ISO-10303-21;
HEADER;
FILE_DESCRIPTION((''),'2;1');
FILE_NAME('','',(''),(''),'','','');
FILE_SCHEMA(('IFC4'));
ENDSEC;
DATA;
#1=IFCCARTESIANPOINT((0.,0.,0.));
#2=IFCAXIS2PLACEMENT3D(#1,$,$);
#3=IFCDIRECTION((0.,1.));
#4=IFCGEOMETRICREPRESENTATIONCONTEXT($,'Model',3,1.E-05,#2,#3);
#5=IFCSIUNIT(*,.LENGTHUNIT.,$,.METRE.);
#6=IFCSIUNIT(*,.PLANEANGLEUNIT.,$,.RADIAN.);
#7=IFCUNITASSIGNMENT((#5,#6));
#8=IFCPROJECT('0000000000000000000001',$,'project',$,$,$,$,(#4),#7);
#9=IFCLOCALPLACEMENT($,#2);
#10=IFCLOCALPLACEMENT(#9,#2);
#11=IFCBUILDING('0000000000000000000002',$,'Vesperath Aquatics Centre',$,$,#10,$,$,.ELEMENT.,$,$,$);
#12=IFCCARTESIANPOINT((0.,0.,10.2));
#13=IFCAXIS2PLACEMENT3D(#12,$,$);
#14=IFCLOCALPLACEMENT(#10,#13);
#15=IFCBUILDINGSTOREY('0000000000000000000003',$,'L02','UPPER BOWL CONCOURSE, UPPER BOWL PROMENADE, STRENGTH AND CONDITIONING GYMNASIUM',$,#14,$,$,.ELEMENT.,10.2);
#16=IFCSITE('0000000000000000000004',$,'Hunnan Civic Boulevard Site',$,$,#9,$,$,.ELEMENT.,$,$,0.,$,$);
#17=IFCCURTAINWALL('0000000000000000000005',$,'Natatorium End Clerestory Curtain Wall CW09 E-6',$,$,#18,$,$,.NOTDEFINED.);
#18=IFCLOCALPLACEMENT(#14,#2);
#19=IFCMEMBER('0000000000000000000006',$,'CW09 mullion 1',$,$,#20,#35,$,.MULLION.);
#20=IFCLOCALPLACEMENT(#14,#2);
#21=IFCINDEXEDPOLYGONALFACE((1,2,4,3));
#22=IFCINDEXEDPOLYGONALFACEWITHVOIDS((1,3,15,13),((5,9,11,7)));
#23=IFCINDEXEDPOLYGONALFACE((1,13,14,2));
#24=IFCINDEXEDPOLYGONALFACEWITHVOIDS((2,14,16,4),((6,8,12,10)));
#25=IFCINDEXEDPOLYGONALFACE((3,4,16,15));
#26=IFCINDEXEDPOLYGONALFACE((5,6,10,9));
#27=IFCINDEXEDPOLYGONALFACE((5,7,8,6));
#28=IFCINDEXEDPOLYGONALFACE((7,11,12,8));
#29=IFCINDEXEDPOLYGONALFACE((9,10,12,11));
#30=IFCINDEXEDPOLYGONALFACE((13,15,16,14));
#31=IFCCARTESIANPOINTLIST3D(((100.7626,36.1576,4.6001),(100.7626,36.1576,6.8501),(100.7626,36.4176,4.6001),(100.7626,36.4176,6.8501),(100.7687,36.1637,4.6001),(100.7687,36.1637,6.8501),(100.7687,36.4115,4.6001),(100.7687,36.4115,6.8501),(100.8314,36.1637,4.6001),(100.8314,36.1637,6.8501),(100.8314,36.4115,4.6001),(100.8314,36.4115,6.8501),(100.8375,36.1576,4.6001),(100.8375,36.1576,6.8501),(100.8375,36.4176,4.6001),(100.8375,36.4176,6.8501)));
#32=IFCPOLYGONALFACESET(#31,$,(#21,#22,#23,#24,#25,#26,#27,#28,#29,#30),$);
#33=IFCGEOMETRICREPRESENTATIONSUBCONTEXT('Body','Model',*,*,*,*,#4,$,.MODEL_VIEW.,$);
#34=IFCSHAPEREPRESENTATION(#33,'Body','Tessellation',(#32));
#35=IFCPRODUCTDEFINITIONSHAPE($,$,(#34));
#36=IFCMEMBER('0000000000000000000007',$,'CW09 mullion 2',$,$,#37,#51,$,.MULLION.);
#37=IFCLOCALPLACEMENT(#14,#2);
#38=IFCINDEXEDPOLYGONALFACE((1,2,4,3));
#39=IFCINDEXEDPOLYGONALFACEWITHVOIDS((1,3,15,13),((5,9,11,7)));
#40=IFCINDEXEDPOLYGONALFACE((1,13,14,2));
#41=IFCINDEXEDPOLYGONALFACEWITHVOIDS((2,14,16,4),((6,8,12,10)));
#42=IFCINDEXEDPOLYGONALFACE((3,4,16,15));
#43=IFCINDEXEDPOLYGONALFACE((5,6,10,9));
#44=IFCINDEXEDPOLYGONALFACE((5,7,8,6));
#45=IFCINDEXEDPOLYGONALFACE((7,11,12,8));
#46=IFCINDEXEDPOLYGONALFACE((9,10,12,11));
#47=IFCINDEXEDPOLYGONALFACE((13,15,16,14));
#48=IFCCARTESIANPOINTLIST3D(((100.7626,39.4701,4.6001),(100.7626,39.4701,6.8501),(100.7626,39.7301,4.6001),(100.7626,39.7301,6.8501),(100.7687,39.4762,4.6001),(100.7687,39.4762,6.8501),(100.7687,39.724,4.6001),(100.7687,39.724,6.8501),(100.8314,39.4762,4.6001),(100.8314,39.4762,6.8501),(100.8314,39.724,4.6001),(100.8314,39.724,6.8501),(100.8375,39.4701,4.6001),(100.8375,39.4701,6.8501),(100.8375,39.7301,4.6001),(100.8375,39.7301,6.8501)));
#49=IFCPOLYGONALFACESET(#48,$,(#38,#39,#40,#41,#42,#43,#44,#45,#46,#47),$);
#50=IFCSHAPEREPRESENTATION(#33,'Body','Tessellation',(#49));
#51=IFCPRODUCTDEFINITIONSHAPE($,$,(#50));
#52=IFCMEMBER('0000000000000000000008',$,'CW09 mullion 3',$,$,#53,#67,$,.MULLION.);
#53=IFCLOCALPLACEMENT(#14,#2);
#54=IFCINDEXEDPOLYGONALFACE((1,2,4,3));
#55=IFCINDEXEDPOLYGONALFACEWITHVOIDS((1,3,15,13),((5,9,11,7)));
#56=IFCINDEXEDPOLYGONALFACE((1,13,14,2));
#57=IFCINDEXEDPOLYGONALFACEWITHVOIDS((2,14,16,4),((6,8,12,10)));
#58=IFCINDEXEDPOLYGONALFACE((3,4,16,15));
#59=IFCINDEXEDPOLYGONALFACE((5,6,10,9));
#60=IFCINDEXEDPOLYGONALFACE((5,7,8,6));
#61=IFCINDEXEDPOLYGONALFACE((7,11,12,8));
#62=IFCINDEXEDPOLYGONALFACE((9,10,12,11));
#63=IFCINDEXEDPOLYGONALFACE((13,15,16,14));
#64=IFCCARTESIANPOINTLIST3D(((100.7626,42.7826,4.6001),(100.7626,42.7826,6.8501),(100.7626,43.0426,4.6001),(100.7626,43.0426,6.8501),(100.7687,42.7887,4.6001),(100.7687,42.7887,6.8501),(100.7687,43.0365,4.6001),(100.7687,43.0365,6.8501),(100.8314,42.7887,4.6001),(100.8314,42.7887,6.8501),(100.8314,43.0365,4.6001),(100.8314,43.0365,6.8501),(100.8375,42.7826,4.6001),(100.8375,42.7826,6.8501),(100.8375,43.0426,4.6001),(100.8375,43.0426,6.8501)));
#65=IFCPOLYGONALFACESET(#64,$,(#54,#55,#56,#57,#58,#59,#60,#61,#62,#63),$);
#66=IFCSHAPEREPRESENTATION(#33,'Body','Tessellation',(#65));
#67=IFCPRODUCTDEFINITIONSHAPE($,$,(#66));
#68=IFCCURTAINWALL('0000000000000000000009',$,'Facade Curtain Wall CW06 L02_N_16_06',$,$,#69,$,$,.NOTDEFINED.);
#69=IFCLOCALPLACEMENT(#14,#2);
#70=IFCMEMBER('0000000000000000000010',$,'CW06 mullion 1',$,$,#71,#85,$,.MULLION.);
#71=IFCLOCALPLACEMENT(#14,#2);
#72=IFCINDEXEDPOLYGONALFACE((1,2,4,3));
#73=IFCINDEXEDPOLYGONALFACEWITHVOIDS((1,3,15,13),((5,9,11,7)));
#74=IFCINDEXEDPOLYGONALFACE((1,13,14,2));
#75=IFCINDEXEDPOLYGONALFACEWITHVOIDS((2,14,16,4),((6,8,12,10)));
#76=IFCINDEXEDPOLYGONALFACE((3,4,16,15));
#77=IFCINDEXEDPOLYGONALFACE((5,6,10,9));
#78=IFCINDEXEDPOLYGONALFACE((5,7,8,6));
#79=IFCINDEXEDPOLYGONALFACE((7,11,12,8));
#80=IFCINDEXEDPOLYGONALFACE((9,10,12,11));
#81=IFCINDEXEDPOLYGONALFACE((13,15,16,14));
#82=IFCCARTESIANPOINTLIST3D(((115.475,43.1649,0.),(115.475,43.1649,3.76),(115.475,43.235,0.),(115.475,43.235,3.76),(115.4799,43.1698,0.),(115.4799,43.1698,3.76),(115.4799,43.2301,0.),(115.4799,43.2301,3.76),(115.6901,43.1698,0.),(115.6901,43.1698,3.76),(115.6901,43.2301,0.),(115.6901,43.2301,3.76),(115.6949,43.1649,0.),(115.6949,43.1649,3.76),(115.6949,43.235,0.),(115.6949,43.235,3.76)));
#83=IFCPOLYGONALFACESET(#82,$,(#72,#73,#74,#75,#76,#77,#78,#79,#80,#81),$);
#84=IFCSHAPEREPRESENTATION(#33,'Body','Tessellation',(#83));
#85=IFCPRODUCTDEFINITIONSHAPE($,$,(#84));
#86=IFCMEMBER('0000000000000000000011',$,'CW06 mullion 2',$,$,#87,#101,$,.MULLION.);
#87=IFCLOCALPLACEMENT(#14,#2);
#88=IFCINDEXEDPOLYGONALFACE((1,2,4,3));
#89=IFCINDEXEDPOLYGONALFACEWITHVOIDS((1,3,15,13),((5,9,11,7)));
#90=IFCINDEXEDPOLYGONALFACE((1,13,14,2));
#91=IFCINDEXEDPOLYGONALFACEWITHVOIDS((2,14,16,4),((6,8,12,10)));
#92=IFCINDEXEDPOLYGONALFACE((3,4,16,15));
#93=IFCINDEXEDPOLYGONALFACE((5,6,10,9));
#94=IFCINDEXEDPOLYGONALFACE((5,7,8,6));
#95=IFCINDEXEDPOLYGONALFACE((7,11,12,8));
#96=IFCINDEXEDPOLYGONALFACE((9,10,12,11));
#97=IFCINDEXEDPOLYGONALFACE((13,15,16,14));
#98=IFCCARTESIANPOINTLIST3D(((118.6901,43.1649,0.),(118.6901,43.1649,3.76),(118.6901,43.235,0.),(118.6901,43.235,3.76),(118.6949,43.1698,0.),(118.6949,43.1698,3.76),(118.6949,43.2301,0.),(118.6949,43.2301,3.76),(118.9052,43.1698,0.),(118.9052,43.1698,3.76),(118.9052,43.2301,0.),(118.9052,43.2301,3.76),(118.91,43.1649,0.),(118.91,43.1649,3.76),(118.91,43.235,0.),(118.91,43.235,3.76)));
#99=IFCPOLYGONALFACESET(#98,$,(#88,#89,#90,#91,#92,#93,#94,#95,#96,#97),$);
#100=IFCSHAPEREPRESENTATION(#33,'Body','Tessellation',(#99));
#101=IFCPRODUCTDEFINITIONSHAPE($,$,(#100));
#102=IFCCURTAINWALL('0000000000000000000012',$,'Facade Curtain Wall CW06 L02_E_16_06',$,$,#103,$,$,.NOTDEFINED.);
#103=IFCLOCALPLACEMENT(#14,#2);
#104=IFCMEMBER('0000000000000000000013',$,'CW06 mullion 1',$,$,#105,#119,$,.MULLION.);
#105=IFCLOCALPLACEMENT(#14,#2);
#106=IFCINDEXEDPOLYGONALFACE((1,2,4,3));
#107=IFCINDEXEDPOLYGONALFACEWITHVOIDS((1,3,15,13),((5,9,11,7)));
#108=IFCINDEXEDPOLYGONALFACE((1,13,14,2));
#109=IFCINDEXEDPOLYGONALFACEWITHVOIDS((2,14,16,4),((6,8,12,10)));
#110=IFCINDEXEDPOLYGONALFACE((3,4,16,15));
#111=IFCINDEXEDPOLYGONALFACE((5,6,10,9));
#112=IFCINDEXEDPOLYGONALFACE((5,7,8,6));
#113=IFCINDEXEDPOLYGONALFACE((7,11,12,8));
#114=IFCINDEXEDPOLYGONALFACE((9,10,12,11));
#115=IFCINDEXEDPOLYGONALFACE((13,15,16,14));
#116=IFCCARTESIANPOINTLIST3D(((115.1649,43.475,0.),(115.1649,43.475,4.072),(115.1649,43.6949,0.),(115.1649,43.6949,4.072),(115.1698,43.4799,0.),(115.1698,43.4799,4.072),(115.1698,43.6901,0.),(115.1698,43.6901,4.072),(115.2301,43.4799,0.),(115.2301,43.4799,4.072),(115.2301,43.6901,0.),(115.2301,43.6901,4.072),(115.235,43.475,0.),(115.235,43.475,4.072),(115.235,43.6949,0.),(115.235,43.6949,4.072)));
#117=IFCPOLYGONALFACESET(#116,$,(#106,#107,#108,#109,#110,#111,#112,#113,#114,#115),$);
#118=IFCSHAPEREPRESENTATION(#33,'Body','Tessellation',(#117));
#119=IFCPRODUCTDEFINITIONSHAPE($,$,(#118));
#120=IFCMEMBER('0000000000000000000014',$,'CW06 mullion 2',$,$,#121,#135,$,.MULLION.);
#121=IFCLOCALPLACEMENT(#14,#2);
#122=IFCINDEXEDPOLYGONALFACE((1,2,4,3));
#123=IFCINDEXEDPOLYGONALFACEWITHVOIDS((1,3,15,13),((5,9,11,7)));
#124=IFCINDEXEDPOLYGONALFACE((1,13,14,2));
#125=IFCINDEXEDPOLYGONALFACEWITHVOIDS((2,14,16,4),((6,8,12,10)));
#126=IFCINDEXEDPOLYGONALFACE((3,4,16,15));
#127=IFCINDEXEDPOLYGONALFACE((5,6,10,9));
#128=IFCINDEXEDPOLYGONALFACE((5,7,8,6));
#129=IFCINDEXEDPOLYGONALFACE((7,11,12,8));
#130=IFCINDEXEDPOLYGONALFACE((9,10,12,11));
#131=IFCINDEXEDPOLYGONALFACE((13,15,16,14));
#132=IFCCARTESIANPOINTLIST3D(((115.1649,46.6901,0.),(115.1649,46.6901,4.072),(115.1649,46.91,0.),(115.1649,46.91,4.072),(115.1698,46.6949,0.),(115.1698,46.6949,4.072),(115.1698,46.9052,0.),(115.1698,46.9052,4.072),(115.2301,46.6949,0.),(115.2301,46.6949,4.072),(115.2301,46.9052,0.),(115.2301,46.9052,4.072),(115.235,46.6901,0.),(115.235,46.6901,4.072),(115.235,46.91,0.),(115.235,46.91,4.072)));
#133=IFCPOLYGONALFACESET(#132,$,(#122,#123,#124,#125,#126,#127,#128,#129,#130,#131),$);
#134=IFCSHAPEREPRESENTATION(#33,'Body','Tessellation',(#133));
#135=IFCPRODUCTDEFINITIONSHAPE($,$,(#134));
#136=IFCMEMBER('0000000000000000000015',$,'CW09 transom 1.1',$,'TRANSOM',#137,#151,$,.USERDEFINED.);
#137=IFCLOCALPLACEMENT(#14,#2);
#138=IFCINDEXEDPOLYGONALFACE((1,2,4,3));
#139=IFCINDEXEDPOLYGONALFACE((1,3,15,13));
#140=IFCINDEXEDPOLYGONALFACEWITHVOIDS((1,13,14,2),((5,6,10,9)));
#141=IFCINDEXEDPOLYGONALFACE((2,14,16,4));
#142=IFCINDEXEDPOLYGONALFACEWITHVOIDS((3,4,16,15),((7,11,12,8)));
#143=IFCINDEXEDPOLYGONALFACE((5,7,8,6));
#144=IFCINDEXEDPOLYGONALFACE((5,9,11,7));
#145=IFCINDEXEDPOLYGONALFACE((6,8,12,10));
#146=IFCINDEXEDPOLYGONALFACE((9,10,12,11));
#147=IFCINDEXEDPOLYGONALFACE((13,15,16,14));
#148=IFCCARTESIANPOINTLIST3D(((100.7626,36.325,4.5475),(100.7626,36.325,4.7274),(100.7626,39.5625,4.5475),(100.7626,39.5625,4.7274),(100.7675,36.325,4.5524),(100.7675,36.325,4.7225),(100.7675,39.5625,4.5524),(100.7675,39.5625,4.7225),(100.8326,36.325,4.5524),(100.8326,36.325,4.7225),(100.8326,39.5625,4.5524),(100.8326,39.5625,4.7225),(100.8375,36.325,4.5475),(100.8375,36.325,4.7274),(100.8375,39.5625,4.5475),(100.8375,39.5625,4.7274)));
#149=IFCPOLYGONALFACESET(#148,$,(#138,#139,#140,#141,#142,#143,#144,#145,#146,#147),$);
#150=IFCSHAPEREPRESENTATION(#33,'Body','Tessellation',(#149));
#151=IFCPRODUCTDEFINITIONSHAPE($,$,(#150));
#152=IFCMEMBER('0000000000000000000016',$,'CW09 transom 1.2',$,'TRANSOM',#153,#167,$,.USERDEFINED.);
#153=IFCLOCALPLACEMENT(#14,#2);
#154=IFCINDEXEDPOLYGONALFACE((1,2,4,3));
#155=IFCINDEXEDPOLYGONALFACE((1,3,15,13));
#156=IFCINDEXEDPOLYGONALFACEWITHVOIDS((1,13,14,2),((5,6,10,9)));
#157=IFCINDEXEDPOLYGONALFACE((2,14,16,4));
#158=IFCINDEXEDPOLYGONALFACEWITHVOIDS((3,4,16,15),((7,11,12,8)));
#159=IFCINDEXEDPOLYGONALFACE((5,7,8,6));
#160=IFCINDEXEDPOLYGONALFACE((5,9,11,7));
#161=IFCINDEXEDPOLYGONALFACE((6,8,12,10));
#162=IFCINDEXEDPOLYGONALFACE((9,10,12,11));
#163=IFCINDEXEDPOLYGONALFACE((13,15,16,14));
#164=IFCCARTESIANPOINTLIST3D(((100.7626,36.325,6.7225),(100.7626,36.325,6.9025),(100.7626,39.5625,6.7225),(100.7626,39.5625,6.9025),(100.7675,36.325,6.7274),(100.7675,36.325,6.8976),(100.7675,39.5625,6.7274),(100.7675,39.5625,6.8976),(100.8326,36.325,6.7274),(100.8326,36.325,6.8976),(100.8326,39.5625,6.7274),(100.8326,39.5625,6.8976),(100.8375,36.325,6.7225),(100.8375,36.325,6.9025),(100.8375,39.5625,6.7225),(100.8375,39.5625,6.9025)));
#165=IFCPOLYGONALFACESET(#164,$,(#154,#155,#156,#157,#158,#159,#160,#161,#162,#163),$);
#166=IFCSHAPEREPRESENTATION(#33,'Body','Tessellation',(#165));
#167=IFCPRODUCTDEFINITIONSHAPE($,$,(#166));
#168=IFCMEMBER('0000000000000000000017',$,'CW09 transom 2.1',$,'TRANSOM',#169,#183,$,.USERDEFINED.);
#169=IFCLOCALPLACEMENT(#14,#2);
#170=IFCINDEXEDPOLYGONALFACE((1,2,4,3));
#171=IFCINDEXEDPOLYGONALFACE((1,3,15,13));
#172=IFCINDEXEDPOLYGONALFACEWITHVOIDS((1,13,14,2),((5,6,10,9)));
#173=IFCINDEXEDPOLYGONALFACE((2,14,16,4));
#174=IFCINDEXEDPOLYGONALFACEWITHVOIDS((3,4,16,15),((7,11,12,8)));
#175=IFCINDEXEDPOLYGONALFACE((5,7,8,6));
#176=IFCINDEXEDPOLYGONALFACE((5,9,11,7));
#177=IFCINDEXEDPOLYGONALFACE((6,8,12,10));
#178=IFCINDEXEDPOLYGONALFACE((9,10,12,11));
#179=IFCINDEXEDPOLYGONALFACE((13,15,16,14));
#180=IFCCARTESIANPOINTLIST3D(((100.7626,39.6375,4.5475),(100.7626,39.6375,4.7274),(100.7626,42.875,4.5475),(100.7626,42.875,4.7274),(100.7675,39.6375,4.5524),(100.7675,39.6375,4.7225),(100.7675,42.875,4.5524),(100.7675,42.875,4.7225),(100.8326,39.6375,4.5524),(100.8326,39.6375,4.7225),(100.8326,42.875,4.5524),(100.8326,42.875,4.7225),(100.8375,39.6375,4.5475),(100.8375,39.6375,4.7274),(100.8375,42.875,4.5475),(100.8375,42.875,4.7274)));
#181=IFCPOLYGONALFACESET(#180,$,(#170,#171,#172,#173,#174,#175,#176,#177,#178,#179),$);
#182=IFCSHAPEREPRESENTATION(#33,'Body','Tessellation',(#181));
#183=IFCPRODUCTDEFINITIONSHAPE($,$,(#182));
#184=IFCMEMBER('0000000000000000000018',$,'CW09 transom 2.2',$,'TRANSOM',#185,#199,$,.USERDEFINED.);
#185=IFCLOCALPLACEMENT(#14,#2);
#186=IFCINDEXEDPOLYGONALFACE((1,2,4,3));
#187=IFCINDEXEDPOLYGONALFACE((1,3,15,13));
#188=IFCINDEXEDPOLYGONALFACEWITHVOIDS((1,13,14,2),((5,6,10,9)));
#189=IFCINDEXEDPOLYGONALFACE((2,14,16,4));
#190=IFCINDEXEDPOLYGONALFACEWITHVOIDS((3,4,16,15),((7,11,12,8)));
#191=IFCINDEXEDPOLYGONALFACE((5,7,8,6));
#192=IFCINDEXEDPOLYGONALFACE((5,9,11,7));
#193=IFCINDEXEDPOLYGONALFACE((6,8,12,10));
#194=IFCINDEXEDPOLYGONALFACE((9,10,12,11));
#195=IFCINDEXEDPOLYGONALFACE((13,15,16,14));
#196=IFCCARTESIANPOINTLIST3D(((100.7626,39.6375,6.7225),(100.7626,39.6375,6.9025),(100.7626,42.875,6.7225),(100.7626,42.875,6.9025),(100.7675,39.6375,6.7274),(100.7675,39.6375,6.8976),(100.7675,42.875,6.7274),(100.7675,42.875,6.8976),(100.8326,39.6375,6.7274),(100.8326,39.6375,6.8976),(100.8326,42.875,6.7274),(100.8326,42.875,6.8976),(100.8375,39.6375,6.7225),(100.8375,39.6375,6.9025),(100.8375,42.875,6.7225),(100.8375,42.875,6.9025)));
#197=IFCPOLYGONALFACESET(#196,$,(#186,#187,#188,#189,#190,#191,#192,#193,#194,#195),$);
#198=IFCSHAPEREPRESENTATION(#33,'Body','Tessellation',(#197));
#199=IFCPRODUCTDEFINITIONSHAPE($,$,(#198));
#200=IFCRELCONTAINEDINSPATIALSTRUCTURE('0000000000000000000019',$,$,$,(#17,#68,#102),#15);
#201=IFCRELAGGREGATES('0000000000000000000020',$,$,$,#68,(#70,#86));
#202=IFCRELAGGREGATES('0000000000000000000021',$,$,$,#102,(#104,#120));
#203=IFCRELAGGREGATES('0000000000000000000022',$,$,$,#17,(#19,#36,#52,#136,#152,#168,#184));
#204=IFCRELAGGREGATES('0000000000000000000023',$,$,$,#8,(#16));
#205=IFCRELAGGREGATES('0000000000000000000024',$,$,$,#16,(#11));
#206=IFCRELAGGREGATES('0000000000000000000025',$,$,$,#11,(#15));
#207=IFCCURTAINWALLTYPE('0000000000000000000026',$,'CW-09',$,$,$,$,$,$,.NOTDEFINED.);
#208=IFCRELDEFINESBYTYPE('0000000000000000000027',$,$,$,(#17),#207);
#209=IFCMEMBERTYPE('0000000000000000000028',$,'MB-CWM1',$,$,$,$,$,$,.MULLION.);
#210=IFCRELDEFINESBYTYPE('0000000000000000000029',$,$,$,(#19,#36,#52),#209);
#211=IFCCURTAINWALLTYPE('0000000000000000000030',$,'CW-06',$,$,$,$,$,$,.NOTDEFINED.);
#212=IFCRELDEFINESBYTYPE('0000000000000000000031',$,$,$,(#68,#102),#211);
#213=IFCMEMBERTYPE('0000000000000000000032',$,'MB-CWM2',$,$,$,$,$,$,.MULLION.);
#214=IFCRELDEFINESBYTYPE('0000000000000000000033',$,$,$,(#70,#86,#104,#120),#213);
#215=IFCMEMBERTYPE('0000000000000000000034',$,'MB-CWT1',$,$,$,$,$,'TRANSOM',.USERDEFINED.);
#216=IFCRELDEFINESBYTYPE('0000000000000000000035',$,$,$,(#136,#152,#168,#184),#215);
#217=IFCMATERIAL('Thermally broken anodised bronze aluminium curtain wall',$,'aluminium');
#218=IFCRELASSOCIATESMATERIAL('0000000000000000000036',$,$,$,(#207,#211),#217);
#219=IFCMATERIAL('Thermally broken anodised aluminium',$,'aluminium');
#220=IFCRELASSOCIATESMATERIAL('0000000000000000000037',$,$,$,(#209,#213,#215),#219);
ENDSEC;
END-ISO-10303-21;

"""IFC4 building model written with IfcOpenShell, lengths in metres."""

from ifc_helpers import new_model, si_unit, direction, frame, origin, origin_2d, place, context, subcontext, project, spatial, hollow_rectangle, extrude, material, material_profile, profile_set, type_object, element, aggregate, save


model = new_model("IFC4")

# Units and contexts
model_context = context("Model", 3, precision=1e-05, world=origin(), true_north=direction((0.0, 1.0)))
body_context = subcontext(model_context, "Body", "Model", "MODEL_VIEW")
ifc_project = project(units=[si_unit("LENGTHUNIT", "METRE"), si_unit("PLANEANGLEUNIT", "RADIAN")], contexts=[model_context])

# Site, building, storey
site_placement = place(None, origin())
site = spatial("IfcSite", under=ifc_project, at=site_placement, Name="Hunnan Civic Boulevard Site", CompositionType="ELEMENT", RefElevation=0.0)
building_placement = place(site_placement, origin())
building = spatial("IfcBuilding", under=site, at=building_placement, Name="Vesperath Aquatics Centre", CompositionType="ELEMENT")
storey_placement = place(building_placement, frame((0.0, 0.0, 10.2)))
storey = spatial("IfcBuildingStorey", under=building, at=storey_placement, Name="L02", Description="UPPER BOWL CONCOURSE, UPPER BOWL PROMENADE, STRENGTH AND CONDITIONING GYMNASIUM", CompositionType="ELEMENT", Elevation=10.2)

# Curtain walls, members
ifc_material_1 = material(Name="Thermally broken anodised bronze aluminium curtain wall", Category="aluminium")
curtain_wall_type_1 = type_object("IfcCurtainWallType", Name="CW-09", PredefinedType="NOTDEFINED", material=ifc_material_1)
curtain_wall_1_placement = place(storey_placement, origin())
curtain_wall_1 = element("IfcCurtainWall", 1, at=curtain_wall_1_placement, inside=storey, type_object=curtain_wall_type_1, Name="Natatorium End Clerestory Curtain Wall CW09 E-6", PredefinedType="NOTDEFINED")
ifc_material_2 = material(Name="Thermally broken anodised aluminium", Category="aluminium")
ifc_material_profile_1 = material_profile(ifc_material_2, hollow_rectangle(XDim=0.075, YDim=0.26, WallThickness=0.0061, at=origin_2d()), Name="CWM 75x260x6")
ifc_profile_set_1 = profile_set([ifc_material_profile_1], Name="Thermally broken anodised aluminium")
member_type_1 = type_object("IfcMemberType", Name="MB-CWM1", PredefinedType="MULLION", material=ifc_profile_set_1)
member_1_placement = place(storey_placement, frame((100.8, 36.2876, 4.6001), z_axis=(0.0, 0.0, 1.0), x_axis=(-1.0, 0.0, 0.0)))
member_1 = element("IfcMember", 2, at=member_1_placement, type_object=member_type_1, Name="CW09 mullion 1", PredefinedType="MULLION", context=body_context, shape_type="SweptSolid", body=[
    extrude(hollow_rectangle(XDim=0.075, YDim=0.26, WallThickness=0.0061, at=origin_2d()), origin(), (0.0, 0.0, 1.0), 2.25),
])
member_2_placement = place(storey_placement, frame((100.8, 39.6001, 4.6001), z_axis=(0.0, 0.0, 1.0), x_axis=(-1.0, 0.0, 0.0)))
member_2 = element("IfcMember", 3, at=member_2_placement, type_object=member_type_1, Name="CW09 mullion 2", PredefinedType="MULLION", context=body_context, shape_type="SweptSolid", body=[
    extrude(hollow_rectangle(XDim=0.075, YDim=0.26, WallThickness=0.0061, at=origin_2d()), origin(), (0.0, 0.0, 1.0), 2.25),
])
member_3_placement = place(storey_placement, frame((100.8, 42.9126, 4.6001), z_axis=(0.0, 0.0, 1.0), x_axis=(-1.0, 0.0, 0.0)))
member_3 = element("IfcMember", 4, at=member_3_placement, type_object=member_type_1, Name="CW09 mullion 3", PredefinedType="MULLION", context=body_context, shape_type="SweptSolid", body=[
    extrude(hollow_rectangle(XDim=0.075, YDim=0.26, WallThickness=0.0061, at=origin_2d()), origin(), (0.0, 0.0, 1.0), 2.25),
])
curtain_wall_type_2 = type_object("IfcCurtainWallType", Name="CW-06", PredefinedType="NOTDEFINED", material=ifc_material_1)
curtain_wall_2_placement = place(storey_placement, origin())
curtain_wall_2 = element("IfcCurtainWall", 5, at=curtain_wall_2_placement, inside=storey, type_object=curtain_wall_type_2, Name="Facade Curtain Wall CW06 L02_N_16_06", PredefinedType="NOTDEFINED")
ifc_material_profile_2 = material_profile(ifc_material_2, hollow_rectangle(XDim=0.0701, YDim=0.22, WallThickness=0.0049, at=origin_2d()), Name="CWM 70x220x5")
ifc_profile_set_2 = profile_set([ifc_material_profile_2], Name="Thermally broken anodised aluminium")
member_type_2 = type_object("IfcMemberType", Name="MB-CWM2", PredefinedType="MULLION", material=ifc_profile_set_2)
member_4_placement = place(storey_placement, frame((115.585, 43.2, 0.0), z_axis=(0.0, 0.0, 1.0), x_axis=(0.0, 1.0, 0.0)))
member_4 = element("IfcMember", 6, at=member_4_placement, type_object=member_type_2, Name="CW06 mullion 1", PredefinedType="MULLION", context=body_context, shape_type="SweptSolid", body=[
    extrude(hollow_rectangle(XDim=0.0701, YDim=0.22, WallThickness=0.0049, at=origin_2d()), origin(), (0.0, 0.0, 1.0), 3.76),
])
member_5_placement = place(storey_placement, frame((118.8, 43.2, 0.0), z_axis=(0.0, 0.0, 1.0), x_axis=(0.0, 1.0, 0.0)))
member_5 = element("IfcMember", 7, at=member_5_placement, type_object=member_type_2, Name="CW06 mullion 2", PredefinedType="MULLION", context=body_context, shape_type="SweptSolid", body=[
    extrude(hollow_rectangle(XDim=0.0701, YDim=0.22, WallThickness=0.0049, at=origin_2d()), origin(), (0.0, 0.0, 1.0), 3.76),
])
curtain_wall_3_placement = place(storey_placement, origin())
curtain_wall_3 = element("IfcCurtainWall", 8, at=curtain_wall_3_placement, inside=storey, type_object=curtain_wall_type_2, Name="Facade Curtain Wall CW06 L02_E_16_06", PredefinedType="NOTDEFINED")
member_6_placement = place(storey_placement, frame((115.2, 43.585, 0.0), z_axis=(0.0, 0.0, 1.0), x_axis=(-1.0, 0.0, 0.0)))
member_6 = element("IfcMember", 9, at=member_6_placement, type_object=member_type_2, Name="CW06 mullion 1", PredefinedType="MULLION", context=body_context, shape_type="SweptSolid", body=[
    extrude(hollow_rectangle(XDim=0.0701, YDim=0.22, WallThickness=0.0049, at=origin_2d()), origin(), (0.0, 0.0, 1.0), 4.072),
])
member_7_placement = place(storey_placement, frame((115.2, 46.8, 0.0), z_axis=(0.0, 0.0, 1.0), x_axis=(-1.0, 0.0, 0.0)))
member_7 = element("IfcMember", 10, at=member_7_placement, type_object=member_type_2, Name="CW06 mullion 2", PredefinedType="MULLION", context=body_context, shape_type="SweptSolid", body=[
    extrude(hollow_rectangle(XDim=0.0701, YDim=0.22, WallThickness=0.0049, at=origin_2d()), origin(), (0.0, 0.0, 1.0), 4.072),
])

# Members
ifc_material_profile_3 = material_profile(ifc_material_2, hollow_rectangle(XDim=0.075, YDim=0.1799, WallThickness=0.0049, at=origin_2d()), Name="CWT 75x180x5")
ifc_profile_set_3 = profile_set([ifc_material_profile_3], Name="Thermally broken anodised aluminium")
member_type_3 = type_object("IfcMemberType", Name="MB-CWT1", ElementType="TRANSOM", PredefinedType="USERDEFINED", material=ifc_profile_set_3)
member_8_placement = place(storey_placement, frame((100.8, 36.325, 4.6375), z_axis=(0.0, 1.0, 0.0), x_axis=(-1.0, 0.0, 0.0)))
member_8 = element("IfcMember", 11, at=member_8_placement, type_object=member_type_3, Name="CW09 transom 1.1", ObjectType="TRANSOM", PredefinedType="USERDEFINED", context=body_context, shape_type="SweptSolid", body=[
    extrude(hollow_rectangle(XDim=0.075, YDim=0.1799, WallThickness=0.0049, at=origin_2d()), origin(), (0.0, 0.0, 1.0), 3.2375),
])
member_9_placement = place(storey_placement, frame((100.8, 36.325, 6.8125), z_axis=(0.0, 1.0, 0.0), x_axis=(-1.0, 0.0, 0.0)))
member_9 = element("IfcMember", 12, at=member_9_placement, type_object=member_type_3, Name="CW09 transom 1.2", ObjectType="TRANSOM", PredefinedType="USERDEFINED", context=body_context, shape_type="SweptSolid", body=[
    extrude(hollow_rectangle(XDim=0.075, YDim=0.1799, WallThickness=0.0049, at=origin_2d()), origin(), (0.0, 0.0, 1.0), 3.2375),
])
member_10_placement = place(storey_placement, frame((100.8, 39.6375, 4.6375), z_axis=(0.0, 1.0, 0.0), x_axis=(-1.0, 0.0, 0.0)))
member_10 = element("IfcMember", 13, at=member_10_placement, type_object=member_type_3, Name="CW09 transom 2.1", ObjectType="TRANSOM", PredefinedType="USERDEFINED", context=body_context, shape_type="SweptSolid", body=[
    extrude(hollow_rectangle(XDim=0.075, YDim=0.1799, WallThickness=0.0049, at=origin_2d()), origin(), (0.0, 0.0, 1.0), 3.2375),
])
member_11_placement = place(storey_placement, frame((100.8, 39.6375, 6.8125), z_axis=(0.0, 1.0, 0.0), x_axis=(-1.0, 0.0, 0.0)))
member_11 = element("IfcMember", 14, at=member_11_placement, type_object=member_type_3, Name="CW09 transom 2.2", ObjectType="TRANSOM", PredefinedType="USERDEFINED", context=body_context, shape_type="SweptSolid", body=[
    extrude(hollow_rectangle(XDim=0.075, YDim=0.1799, WallThickness=0.0049, at=origin_2d()), origin(), (0.0, 0.0, 1.0), 3.2375),
])

aggregate(curtain_wall_2, [member_4, member_5])
aggregate(curtain_wall_3, [member_6, member_7])
aggregate(curtain_wall_1, [member_1, member_2, member_3, member_8, member_9, member_10, member_11])

save(model, "model.ifc")
